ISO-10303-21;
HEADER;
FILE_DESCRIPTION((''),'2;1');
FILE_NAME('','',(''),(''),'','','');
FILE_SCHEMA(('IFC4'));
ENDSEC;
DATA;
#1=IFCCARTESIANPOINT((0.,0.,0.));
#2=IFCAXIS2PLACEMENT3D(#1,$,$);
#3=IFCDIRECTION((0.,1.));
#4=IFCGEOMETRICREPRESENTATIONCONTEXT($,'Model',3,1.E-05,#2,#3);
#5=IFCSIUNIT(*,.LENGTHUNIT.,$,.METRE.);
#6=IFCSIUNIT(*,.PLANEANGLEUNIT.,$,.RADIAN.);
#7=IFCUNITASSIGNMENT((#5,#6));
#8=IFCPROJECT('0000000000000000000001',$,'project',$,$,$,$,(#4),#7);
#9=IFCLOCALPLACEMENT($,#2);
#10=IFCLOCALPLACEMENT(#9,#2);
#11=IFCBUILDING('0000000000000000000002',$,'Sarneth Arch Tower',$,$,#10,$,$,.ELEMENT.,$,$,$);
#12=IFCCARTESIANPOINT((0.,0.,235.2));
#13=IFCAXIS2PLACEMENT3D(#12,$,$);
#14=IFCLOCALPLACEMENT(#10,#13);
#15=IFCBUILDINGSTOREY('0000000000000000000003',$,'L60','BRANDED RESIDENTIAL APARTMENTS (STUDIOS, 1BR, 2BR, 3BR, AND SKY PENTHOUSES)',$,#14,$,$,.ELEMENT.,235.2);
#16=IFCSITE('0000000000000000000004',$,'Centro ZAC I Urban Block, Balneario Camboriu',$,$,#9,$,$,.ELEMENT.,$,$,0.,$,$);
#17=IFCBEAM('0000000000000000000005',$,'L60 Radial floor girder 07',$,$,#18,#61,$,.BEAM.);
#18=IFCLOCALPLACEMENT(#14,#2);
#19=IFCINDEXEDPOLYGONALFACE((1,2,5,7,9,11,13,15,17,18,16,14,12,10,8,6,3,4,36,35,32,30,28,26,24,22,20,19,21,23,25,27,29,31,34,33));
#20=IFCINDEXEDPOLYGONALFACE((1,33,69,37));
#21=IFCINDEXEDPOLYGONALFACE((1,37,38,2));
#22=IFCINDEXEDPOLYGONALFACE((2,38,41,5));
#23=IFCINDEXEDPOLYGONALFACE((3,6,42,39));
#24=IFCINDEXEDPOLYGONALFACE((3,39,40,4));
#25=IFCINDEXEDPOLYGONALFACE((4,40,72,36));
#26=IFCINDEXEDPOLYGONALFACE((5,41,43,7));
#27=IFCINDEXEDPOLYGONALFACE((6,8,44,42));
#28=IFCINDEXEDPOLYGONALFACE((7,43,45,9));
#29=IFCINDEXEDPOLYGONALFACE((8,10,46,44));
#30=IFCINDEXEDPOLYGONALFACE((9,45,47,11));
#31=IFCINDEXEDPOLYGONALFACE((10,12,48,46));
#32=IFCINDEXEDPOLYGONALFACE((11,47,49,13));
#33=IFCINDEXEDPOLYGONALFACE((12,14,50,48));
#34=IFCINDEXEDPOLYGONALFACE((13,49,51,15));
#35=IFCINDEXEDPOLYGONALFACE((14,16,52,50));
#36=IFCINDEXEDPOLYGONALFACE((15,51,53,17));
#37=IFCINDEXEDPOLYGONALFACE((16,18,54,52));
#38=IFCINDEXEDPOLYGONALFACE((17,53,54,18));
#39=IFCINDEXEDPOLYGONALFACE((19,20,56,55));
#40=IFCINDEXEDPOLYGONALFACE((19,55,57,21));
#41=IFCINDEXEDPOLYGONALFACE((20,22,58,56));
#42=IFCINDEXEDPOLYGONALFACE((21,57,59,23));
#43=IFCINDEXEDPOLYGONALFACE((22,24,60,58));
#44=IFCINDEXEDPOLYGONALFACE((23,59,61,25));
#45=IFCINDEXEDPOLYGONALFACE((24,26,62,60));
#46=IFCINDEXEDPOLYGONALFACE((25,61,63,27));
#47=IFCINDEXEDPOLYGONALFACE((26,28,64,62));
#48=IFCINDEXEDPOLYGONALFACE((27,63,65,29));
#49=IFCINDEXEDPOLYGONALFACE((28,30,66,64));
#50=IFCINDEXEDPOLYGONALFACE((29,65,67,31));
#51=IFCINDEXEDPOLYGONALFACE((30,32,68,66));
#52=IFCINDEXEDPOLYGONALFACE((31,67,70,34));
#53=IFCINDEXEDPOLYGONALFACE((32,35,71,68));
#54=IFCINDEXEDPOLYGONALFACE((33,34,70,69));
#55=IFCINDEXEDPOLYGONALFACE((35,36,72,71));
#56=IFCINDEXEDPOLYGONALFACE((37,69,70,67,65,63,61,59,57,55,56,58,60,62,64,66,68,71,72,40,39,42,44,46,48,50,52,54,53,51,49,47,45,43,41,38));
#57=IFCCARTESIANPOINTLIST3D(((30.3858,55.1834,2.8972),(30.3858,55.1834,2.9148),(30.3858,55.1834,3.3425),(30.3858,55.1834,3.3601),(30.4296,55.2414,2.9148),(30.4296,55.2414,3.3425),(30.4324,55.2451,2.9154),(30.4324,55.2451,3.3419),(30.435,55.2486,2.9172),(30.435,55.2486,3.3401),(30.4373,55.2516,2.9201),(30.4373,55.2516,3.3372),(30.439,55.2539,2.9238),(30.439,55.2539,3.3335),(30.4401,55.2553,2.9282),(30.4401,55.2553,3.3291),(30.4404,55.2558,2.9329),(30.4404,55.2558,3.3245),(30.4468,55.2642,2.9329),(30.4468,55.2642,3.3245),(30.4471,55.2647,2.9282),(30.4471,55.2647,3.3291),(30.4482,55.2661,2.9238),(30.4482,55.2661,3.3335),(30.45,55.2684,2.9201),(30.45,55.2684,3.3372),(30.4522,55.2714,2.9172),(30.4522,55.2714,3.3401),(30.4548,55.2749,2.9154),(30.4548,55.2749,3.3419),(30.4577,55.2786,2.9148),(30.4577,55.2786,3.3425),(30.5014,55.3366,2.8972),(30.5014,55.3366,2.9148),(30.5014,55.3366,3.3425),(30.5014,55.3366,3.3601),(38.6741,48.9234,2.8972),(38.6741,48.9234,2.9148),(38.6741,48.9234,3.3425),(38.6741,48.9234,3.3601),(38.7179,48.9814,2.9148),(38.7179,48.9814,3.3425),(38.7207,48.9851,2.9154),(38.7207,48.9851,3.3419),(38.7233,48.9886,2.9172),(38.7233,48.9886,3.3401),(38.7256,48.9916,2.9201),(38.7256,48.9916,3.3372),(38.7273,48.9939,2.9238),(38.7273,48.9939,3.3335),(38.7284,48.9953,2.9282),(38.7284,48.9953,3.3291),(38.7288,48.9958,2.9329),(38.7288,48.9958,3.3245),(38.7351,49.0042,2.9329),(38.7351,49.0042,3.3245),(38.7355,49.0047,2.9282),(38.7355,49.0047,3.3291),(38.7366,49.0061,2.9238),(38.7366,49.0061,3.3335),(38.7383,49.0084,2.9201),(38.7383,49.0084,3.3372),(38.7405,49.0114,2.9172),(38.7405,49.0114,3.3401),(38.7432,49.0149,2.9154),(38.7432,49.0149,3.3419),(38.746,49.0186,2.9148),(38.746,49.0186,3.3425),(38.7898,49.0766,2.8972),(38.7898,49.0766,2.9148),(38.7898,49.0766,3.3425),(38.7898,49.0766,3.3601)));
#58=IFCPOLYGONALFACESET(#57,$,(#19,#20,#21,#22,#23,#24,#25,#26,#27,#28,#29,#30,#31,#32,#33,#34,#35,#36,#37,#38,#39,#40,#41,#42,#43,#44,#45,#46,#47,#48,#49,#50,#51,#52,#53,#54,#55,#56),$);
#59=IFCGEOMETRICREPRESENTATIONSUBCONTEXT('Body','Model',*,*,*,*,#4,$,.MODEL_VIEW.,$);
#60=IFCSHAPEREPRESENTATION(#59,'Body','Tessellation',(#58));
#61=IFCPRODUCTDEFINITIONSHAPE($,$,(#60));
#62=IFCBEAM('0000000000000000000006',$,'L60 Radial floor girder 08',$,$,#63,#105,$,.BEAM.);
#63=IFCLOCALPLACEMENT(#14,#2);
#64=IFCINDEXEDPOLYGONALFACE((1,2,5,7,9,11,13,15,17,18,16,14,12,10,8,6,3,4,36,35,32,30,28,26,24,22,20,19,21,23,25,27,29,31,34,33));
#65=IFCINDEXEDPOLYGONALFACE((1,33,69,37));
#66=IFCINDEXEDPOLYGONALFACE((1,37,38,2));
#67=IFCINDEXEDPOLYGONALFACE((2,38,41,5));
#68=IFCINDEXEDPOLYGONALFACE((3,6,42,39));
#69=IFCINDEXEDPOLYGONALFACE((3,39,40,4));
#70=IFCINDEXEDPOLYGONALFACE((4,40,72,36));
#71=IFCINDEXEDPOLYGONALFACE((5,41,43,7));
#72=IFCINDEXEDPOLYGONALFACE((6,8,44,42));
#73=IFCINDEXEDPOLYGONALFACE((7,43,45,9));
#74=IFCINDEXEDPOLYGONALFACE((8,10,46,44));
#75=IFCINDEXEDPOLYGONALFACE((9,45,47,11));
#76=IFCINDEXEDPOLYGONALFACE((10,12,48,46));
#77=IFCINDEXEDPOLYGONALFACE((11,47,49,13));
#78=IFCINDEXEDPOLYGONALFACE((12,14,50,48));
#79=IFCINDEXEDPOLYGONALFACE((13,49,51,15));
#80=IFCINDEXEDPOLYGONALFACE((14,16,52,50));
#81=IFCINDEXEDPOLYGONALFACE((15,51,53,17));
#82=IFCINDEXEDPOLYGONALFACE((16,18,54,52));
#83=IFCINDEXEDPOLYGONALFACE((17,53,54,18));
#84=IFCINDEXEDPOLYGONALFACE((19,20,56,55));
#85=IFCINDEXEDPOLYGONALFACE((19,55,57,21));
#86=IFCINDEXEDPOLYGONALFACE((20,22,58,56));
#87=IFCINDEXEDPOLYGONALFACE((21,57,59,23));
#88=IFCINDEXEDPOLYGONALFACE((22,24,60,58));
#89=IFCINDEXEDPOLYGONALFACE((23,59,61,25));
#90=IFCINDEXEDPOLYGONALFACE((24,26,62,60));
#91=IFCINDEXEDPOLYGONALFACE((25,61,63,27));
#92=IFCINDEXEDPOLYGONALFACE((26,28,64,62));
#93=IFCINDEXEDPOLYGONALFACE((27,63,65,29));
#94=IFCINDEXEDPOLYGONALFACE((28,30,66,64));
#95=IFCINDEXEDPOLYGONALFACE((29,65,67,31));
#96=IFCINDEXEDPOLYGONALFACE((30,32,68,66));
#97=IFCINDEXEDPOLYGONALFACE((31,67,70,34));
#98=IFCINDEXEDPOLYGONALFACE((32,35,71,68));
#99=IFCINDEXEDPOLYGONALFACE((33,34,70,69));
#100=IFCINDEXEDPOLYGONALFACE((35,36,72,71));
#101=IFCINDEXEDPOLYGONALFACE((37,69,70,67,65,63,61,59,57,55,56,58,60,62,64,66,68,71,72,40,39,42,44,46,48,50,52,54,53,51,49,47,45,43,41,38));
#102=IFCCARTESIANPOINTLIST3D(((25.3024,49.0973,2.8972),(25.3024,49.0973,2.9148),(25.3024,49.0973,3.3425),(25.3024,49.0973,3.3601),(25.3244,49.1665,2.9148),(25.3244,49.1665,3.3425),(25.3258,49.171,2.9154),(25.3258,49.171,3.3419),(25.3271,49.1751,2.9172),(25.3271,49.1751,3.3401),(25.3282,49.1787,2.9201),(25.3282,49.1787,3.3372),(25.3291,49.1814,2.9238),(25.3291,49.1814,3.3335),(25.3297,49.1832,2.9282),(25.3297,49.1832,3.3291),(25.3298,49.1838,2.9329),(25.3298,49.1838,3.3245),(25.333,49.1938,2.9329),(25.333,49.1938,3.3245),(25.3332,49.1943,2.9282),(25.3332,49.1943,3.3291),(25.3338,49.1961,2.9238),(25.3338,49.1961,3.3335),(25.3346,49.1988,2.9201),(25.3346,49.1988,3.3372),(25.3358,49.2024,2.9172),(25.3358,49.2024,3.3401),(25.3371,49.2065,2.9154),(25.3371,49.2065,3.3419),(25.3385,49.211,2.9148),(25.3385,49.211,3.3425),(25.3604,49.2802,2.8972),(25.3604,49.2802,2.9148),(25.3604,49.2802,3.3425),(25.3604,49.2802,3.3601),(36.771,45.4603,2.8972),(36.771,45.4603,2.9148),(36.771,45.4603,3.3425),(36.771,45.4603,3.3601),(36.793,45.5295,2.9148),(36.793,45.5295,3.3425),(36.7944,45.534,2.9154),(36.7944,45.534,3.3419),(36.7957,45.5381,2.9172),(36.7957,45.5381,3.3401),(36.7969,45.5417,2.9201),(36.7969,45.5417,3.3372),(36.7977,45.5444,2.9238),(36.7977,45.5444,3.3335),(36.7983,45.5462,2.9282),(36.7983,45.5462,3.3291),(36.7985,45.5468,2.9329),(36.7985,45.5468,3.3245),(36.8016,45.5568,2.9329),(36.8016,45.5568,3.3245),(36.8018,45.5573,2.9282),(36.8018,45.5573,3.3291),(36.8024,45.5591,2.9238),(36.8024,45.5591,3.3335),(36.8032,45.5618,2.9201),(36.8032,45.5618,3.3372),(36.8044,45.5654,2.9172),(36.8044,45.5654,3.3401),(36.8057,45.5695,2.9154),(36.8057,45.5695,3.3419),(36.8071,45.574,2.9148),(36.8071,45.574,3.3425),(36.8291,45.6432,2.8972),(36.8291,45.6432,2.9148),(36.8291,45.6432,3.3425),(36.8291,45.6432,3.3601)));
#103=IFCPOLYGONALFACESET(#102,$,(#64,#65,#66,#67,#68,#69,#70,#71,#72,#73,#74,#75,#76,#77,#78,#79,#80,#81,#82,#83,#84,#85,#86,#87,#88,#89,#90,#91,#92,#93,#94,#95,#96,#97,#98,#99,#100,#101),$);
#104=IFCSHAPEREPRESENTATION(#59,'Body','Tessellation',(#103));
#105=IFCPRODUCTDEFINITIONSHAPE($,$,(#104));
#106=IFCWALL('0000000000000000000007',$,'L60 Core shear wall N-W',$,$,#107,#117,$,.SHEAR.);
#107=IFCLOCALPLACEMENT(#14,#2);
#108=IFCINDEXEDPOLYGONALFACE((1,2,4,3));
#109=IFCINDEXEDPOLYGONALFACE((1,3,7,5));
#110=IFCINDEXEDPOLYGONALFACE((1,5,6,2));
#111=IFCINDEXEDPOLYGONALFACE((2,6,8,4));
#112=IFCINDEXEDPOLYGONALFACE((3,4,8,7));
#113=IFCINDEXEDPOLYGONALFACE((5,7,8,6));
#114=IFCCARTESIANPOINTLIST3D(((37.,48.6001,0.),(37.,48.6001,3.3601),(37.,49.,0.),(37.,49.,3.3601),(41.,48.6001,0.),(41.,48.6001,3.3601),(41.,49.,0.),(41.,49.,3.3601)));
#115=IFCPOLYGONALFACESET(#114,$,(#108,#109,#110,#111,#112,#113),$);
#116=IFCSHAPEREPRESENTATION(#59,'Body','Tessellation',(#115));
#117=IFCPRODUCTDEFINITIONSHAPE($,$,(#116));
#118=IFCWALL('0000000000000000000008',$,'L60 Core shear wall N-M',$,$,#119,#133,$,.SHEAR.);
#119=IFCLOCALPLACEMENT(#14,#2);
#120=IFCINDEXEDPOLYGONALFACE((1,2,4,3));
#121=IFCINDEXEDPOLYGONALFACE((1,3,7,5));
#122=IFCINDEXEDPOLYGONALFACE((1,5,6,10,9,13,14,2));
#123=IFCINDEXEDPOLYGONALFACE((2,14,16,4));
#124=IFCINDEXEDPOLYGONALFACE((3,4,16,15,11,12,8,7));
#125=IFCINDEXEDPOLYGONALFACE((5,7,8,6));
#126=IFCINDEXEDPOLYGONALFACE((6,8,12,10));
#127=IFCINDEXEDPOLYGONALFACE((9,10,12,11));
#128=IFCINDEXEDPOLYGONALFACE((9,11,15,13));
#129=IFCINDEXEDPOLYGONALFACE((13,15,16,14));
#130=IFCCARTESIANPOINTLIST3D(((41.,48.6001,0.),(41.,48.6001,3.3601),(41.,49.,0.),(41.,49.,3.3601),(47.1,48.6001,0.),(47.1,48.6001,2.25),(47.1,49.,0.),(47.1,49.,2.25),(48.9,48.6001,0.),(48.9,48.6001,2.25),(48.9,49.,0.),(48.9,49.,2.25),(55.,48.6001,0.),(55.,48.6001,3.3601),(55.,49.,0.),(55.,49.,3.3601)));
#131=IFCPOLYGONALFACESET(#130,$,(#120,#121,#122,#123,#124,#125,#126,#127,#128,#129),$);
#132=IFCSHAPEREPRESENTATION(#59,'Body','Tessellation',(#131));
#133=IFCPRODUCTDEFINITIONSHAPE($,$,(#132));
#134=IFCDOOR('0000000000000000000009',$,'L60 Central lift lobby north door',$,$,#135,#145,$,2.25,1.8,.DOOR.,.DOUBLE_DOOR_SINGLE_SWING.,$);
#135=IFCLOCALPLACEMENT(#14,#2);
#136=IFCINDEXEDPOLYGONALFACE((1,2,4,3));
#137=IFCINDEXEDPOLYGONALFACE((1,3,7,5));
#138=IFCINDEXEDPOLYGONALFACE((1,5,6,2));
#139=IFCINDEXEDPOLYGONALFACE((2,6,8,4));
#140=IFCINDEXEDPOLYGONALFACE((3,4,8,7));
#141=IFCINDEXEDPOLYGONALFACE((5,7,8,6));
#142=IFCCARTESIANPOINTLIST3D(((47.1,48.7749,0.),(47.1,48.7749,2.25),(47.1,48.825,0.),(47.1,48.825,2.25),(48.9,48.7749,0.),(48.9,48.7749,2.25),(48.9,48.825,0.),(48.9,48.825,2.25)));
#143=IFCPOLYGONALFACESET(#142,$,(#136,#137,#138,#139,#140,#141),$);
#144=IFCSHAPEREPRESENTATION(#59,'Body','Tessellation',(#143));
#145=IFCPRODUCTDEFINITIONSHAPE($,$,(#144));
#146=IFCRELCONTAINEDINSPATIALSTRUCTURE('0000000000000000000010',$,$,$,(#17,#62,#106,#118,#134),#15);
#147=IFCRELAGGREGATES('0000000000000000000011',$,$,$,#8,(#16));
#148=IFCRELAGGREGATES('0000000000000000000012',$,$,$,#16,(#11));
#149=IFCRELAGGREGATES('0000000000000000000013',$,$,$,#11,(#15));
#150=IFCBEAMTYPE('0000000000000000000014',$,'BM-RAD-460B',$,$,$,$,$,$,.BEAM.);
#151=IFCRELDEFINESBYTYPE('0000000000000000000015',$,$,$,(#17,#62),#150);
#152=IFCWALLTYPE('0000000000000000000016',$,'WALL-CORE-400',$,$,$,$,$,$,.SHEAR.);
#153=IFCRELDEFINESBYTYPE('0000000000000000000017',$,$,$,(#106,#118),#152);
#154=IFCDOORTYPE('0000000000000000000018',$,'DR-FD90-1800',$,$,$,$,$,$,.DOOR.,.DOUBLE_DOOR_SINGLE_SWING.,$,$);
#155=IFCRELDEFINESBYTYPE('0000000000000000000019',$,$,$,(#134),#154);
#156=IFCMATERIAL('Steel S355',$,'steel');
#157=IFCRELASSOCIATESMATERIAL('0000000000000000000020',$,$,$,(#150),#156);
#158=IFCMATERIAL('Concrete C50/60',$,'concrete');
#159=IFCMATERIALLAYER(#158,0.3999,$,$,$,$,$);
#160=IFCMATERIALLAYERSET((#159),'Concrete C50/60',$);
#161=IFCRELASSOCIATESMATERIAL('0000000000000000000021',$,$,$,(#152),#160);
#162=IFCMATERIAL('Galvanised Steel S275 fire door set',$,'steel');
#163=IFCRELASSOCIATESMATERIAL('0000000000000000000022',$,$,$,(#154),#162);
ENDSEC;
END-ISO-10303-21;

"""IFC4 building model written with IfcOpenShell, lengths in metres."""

from ifc_helpers import new_model, si_unit, direction, frame, frame_2d, origin, origin_2d, place, context, subcontext, project, spatial, rectangle, i_section, extrude, material, layer, layer_set, material_profile, profile_set, type_object, element, fill, save


model = new_model("IFC4")

# Units and contexts
model_context = context("Model", 3, precision=1e-05, world=origin(), true_north=direction((0.0, 1.0)))
body_context = subcontext(model_context, "Body", "Model", "MODEL_VIEW")
ifc_project = project(units=[si_unit("LENGTHUNIT", "METRE"), si_unit("PLANEANGLEUNIT", "RADIAN")], contexts=[model_context])

# Site, building, storey
site_placement = place(None, origin())
site = spatial("IfcSite", under=ifc_project, at=site_placement, Name="Centro ZAC I Urban Block, Balneario Camboriu", CompositionType="ELEMENT", RefElevation=0.0)
building_placement = place(site_placement, origin())
building = spatial("IfcBuilding", under=site, at=building_placement, Name="Sarneth Arch Tower", CompositionType="ELEMENT")
storey_placement = place(building_placement, frame((0.0, 0.0, 235.2)))
storey = spatial("IfcBuildingStorey", under=building, at=storey_placement, Name="L60", Description="BRANDED RESIDENTIAL APARTMENTS (STUDIOS, 1BR, 2BR, 3BR, AND SKY PENTHOUSES)", CompositionType="ELEMENT", Elevation=235.2)

# Beams
ifc_material_1 = material(Name="Steel S355", Category="steel")
ifc_material_profile_1 = material_profile(ifc_material_1, i_section(OverallWidth=0.1919, OverallDepth=0.4629, WebThickness=0.0105, FlangeThickness=0.0176, FilletRadius=0.0181, at=origin_2d()), Name="W460x89")
ifc_profile_set_1 = profile_set([ifc_material_profile_1], Name="Steel S355")
beam_type_1 = type_object("IfcBeamType", Name="BM-RAD-460B", PredefinedType="BEAM", material=ifc_profile_set_1)
beam_1_placement = place(storey_placement, frame((38.7319, 49.0, 3.1287), z_axis=(-0.797973, 0.602693, 0.0), x_axis=(-0.602693, -0.797973, 0.0)))
element("IfcBeam", 1, at=beam_1_placement, inside=storey, type_object=beam_type_1, Name="L60 Radial floor girder 07", PredefinedType="BEAM", context=body_context, shape_type="SweptSolid", body=[
    extrude(i_section(OverallWidth=0.1919, OverallDepth=0.4629, WebThickness=0.0105, FlangeThickness=0.0176, FilletRadius=0.0181, at=origin_2d()), origin(), (0.0, 0.0, 1.0), 10.3867),
])
beam_2_placement = place(storey_placement, frame((36.8, 45.5518, 3.1287), z_axis=(-0.953216, 0.30229, 0.0), x_axis=(-0.30229, -0.953216, 0.0)))
element("IfcBeam", 2, at=beam_2_placement, inside=storey, type_object=beam_type_1, Name="L60 Radial floor girder 08", PredefinedType="BEAM", context=body_context, shape_type="SweptSolid", body=[
    extrude(i_section(OverallWidth=0.1919, OverallDepth=0.4629, WebThickness=0.0105, FlangeThickness=0.0176, FilletRadius=0.0181, at=origin_2d()), origin(), (0.0, 0.0, 1.0), 12.0315),
])

# Wall
ifc_material_2 = material(Name="Concrete C50/60", Category="concrete")
ifc_layer_1 = layer(ifc_material_2, 0.3999)
ifc_layer_set_1 = layer_set([ifc_layer_1], Name="Concrete C50/60")
wall_type_1 = type_object("IfcWallType", Name="WALL-CORE-400", PredefinedType="SHEAR", material=ifc_layer_set_1)
wall_1_placement = place(storey_placement, frame((37.0, 48.8, 0.0), z_axis=(0.0, 0.0, 1.0), x_axis=(1.0, 0.0, 0.0)))
element("IfcWall", 3, at=wall_1_placement, inside=storey, type_object=wall_type_1, Name="L60 Core shear wall N-W", PredefinedType="SHEAR", context=body_context, shape_type="SweptSolid", body=[
    extrude(rectangle(XDim=4.0, YDim=0.3999, at=frame_2d((2.0, 0.0))), origin(), (0.0, 0.0, 1.0), 3.3601),
])

# Wall, opening, door
wall_2_placement = place(storey_placement, frame((41.0, 48.8, 0.0), z_axis=(0.0, 0.0, 1.0), x_axis=(1.0, 0.0, 0.0)))
wall_2 = element("IfcWall", 4, at=wall_2_placement, inside=storey, type_object=wall_type_1, Name="L60 Core shear wall N-M", PredefinedType="SHEAR", context=body_context, shape_type="SweptSolid", body=[
    extrude(rectangle(XDim=14.0, YDim=0.3999, at=frame_2d((7.0, 0.0))), origin(), (0.0, 0.0, 1.0), 3.3601),
])
opening_1_placement = place(wall_2_placement, frame((6.1001, 0.0, 0.0)))
opening_1 = element("IfcOpeningElement", 5, at=opening_1_placement, cuts=wall_2, PredefinedType="OPENING", context=body_context, shape_type="SweptSolid", body=[
    extrude(rectangle(XDim=1.8, YDim=2.25, at=frame_2d((0.8999, 1.125))), frame((0.0, 0.21, 0.0), z_axis=(0.0, -1.0, 0.0), x_axis=(1.0, 0.0, 0.0)), (0.0, 0.0, 1.0), 0.4199),
])
ifc_material_3 = material(Name="Galvanised Steel S275 fire door set", Category="steel")
door_type_1 = type_object("IfcDoorType", Name="DR-FD90-1800", OperationType="DOUBLE_DOOR_SINGLE_SWING", PredefinedType="DOOR", material=ifc_material_3)
door_1_placement = place(opening_1_placement, origin())
door_1 = element("IfcDoor", 6, at=door_1_placement, inside=storey, type_object=door_type_1, Name="L60 Central lift lobby north door", OperationType="DOUBLE_DOOR_SINGLE_SWING", OverallHeight=2.25, OverallWidth=1.8, PredefinedType="DOOR", context=body_context, shape_type="SweptSolid", body=[
    extrude(rectangle(XDim=1.8, YDim=2.25, at=frame_2d((0.8999, 1.125))), frame((0.0, 0.0249, 0.0), z_axis=(0.0, -1.0, 0.0), x_axis=(1.0, 0.0, 0.0)), (0.0, 0.0, 1.0), 0.05),
])
fill(opening_1, door_1)

save(model, "model.ifc")
